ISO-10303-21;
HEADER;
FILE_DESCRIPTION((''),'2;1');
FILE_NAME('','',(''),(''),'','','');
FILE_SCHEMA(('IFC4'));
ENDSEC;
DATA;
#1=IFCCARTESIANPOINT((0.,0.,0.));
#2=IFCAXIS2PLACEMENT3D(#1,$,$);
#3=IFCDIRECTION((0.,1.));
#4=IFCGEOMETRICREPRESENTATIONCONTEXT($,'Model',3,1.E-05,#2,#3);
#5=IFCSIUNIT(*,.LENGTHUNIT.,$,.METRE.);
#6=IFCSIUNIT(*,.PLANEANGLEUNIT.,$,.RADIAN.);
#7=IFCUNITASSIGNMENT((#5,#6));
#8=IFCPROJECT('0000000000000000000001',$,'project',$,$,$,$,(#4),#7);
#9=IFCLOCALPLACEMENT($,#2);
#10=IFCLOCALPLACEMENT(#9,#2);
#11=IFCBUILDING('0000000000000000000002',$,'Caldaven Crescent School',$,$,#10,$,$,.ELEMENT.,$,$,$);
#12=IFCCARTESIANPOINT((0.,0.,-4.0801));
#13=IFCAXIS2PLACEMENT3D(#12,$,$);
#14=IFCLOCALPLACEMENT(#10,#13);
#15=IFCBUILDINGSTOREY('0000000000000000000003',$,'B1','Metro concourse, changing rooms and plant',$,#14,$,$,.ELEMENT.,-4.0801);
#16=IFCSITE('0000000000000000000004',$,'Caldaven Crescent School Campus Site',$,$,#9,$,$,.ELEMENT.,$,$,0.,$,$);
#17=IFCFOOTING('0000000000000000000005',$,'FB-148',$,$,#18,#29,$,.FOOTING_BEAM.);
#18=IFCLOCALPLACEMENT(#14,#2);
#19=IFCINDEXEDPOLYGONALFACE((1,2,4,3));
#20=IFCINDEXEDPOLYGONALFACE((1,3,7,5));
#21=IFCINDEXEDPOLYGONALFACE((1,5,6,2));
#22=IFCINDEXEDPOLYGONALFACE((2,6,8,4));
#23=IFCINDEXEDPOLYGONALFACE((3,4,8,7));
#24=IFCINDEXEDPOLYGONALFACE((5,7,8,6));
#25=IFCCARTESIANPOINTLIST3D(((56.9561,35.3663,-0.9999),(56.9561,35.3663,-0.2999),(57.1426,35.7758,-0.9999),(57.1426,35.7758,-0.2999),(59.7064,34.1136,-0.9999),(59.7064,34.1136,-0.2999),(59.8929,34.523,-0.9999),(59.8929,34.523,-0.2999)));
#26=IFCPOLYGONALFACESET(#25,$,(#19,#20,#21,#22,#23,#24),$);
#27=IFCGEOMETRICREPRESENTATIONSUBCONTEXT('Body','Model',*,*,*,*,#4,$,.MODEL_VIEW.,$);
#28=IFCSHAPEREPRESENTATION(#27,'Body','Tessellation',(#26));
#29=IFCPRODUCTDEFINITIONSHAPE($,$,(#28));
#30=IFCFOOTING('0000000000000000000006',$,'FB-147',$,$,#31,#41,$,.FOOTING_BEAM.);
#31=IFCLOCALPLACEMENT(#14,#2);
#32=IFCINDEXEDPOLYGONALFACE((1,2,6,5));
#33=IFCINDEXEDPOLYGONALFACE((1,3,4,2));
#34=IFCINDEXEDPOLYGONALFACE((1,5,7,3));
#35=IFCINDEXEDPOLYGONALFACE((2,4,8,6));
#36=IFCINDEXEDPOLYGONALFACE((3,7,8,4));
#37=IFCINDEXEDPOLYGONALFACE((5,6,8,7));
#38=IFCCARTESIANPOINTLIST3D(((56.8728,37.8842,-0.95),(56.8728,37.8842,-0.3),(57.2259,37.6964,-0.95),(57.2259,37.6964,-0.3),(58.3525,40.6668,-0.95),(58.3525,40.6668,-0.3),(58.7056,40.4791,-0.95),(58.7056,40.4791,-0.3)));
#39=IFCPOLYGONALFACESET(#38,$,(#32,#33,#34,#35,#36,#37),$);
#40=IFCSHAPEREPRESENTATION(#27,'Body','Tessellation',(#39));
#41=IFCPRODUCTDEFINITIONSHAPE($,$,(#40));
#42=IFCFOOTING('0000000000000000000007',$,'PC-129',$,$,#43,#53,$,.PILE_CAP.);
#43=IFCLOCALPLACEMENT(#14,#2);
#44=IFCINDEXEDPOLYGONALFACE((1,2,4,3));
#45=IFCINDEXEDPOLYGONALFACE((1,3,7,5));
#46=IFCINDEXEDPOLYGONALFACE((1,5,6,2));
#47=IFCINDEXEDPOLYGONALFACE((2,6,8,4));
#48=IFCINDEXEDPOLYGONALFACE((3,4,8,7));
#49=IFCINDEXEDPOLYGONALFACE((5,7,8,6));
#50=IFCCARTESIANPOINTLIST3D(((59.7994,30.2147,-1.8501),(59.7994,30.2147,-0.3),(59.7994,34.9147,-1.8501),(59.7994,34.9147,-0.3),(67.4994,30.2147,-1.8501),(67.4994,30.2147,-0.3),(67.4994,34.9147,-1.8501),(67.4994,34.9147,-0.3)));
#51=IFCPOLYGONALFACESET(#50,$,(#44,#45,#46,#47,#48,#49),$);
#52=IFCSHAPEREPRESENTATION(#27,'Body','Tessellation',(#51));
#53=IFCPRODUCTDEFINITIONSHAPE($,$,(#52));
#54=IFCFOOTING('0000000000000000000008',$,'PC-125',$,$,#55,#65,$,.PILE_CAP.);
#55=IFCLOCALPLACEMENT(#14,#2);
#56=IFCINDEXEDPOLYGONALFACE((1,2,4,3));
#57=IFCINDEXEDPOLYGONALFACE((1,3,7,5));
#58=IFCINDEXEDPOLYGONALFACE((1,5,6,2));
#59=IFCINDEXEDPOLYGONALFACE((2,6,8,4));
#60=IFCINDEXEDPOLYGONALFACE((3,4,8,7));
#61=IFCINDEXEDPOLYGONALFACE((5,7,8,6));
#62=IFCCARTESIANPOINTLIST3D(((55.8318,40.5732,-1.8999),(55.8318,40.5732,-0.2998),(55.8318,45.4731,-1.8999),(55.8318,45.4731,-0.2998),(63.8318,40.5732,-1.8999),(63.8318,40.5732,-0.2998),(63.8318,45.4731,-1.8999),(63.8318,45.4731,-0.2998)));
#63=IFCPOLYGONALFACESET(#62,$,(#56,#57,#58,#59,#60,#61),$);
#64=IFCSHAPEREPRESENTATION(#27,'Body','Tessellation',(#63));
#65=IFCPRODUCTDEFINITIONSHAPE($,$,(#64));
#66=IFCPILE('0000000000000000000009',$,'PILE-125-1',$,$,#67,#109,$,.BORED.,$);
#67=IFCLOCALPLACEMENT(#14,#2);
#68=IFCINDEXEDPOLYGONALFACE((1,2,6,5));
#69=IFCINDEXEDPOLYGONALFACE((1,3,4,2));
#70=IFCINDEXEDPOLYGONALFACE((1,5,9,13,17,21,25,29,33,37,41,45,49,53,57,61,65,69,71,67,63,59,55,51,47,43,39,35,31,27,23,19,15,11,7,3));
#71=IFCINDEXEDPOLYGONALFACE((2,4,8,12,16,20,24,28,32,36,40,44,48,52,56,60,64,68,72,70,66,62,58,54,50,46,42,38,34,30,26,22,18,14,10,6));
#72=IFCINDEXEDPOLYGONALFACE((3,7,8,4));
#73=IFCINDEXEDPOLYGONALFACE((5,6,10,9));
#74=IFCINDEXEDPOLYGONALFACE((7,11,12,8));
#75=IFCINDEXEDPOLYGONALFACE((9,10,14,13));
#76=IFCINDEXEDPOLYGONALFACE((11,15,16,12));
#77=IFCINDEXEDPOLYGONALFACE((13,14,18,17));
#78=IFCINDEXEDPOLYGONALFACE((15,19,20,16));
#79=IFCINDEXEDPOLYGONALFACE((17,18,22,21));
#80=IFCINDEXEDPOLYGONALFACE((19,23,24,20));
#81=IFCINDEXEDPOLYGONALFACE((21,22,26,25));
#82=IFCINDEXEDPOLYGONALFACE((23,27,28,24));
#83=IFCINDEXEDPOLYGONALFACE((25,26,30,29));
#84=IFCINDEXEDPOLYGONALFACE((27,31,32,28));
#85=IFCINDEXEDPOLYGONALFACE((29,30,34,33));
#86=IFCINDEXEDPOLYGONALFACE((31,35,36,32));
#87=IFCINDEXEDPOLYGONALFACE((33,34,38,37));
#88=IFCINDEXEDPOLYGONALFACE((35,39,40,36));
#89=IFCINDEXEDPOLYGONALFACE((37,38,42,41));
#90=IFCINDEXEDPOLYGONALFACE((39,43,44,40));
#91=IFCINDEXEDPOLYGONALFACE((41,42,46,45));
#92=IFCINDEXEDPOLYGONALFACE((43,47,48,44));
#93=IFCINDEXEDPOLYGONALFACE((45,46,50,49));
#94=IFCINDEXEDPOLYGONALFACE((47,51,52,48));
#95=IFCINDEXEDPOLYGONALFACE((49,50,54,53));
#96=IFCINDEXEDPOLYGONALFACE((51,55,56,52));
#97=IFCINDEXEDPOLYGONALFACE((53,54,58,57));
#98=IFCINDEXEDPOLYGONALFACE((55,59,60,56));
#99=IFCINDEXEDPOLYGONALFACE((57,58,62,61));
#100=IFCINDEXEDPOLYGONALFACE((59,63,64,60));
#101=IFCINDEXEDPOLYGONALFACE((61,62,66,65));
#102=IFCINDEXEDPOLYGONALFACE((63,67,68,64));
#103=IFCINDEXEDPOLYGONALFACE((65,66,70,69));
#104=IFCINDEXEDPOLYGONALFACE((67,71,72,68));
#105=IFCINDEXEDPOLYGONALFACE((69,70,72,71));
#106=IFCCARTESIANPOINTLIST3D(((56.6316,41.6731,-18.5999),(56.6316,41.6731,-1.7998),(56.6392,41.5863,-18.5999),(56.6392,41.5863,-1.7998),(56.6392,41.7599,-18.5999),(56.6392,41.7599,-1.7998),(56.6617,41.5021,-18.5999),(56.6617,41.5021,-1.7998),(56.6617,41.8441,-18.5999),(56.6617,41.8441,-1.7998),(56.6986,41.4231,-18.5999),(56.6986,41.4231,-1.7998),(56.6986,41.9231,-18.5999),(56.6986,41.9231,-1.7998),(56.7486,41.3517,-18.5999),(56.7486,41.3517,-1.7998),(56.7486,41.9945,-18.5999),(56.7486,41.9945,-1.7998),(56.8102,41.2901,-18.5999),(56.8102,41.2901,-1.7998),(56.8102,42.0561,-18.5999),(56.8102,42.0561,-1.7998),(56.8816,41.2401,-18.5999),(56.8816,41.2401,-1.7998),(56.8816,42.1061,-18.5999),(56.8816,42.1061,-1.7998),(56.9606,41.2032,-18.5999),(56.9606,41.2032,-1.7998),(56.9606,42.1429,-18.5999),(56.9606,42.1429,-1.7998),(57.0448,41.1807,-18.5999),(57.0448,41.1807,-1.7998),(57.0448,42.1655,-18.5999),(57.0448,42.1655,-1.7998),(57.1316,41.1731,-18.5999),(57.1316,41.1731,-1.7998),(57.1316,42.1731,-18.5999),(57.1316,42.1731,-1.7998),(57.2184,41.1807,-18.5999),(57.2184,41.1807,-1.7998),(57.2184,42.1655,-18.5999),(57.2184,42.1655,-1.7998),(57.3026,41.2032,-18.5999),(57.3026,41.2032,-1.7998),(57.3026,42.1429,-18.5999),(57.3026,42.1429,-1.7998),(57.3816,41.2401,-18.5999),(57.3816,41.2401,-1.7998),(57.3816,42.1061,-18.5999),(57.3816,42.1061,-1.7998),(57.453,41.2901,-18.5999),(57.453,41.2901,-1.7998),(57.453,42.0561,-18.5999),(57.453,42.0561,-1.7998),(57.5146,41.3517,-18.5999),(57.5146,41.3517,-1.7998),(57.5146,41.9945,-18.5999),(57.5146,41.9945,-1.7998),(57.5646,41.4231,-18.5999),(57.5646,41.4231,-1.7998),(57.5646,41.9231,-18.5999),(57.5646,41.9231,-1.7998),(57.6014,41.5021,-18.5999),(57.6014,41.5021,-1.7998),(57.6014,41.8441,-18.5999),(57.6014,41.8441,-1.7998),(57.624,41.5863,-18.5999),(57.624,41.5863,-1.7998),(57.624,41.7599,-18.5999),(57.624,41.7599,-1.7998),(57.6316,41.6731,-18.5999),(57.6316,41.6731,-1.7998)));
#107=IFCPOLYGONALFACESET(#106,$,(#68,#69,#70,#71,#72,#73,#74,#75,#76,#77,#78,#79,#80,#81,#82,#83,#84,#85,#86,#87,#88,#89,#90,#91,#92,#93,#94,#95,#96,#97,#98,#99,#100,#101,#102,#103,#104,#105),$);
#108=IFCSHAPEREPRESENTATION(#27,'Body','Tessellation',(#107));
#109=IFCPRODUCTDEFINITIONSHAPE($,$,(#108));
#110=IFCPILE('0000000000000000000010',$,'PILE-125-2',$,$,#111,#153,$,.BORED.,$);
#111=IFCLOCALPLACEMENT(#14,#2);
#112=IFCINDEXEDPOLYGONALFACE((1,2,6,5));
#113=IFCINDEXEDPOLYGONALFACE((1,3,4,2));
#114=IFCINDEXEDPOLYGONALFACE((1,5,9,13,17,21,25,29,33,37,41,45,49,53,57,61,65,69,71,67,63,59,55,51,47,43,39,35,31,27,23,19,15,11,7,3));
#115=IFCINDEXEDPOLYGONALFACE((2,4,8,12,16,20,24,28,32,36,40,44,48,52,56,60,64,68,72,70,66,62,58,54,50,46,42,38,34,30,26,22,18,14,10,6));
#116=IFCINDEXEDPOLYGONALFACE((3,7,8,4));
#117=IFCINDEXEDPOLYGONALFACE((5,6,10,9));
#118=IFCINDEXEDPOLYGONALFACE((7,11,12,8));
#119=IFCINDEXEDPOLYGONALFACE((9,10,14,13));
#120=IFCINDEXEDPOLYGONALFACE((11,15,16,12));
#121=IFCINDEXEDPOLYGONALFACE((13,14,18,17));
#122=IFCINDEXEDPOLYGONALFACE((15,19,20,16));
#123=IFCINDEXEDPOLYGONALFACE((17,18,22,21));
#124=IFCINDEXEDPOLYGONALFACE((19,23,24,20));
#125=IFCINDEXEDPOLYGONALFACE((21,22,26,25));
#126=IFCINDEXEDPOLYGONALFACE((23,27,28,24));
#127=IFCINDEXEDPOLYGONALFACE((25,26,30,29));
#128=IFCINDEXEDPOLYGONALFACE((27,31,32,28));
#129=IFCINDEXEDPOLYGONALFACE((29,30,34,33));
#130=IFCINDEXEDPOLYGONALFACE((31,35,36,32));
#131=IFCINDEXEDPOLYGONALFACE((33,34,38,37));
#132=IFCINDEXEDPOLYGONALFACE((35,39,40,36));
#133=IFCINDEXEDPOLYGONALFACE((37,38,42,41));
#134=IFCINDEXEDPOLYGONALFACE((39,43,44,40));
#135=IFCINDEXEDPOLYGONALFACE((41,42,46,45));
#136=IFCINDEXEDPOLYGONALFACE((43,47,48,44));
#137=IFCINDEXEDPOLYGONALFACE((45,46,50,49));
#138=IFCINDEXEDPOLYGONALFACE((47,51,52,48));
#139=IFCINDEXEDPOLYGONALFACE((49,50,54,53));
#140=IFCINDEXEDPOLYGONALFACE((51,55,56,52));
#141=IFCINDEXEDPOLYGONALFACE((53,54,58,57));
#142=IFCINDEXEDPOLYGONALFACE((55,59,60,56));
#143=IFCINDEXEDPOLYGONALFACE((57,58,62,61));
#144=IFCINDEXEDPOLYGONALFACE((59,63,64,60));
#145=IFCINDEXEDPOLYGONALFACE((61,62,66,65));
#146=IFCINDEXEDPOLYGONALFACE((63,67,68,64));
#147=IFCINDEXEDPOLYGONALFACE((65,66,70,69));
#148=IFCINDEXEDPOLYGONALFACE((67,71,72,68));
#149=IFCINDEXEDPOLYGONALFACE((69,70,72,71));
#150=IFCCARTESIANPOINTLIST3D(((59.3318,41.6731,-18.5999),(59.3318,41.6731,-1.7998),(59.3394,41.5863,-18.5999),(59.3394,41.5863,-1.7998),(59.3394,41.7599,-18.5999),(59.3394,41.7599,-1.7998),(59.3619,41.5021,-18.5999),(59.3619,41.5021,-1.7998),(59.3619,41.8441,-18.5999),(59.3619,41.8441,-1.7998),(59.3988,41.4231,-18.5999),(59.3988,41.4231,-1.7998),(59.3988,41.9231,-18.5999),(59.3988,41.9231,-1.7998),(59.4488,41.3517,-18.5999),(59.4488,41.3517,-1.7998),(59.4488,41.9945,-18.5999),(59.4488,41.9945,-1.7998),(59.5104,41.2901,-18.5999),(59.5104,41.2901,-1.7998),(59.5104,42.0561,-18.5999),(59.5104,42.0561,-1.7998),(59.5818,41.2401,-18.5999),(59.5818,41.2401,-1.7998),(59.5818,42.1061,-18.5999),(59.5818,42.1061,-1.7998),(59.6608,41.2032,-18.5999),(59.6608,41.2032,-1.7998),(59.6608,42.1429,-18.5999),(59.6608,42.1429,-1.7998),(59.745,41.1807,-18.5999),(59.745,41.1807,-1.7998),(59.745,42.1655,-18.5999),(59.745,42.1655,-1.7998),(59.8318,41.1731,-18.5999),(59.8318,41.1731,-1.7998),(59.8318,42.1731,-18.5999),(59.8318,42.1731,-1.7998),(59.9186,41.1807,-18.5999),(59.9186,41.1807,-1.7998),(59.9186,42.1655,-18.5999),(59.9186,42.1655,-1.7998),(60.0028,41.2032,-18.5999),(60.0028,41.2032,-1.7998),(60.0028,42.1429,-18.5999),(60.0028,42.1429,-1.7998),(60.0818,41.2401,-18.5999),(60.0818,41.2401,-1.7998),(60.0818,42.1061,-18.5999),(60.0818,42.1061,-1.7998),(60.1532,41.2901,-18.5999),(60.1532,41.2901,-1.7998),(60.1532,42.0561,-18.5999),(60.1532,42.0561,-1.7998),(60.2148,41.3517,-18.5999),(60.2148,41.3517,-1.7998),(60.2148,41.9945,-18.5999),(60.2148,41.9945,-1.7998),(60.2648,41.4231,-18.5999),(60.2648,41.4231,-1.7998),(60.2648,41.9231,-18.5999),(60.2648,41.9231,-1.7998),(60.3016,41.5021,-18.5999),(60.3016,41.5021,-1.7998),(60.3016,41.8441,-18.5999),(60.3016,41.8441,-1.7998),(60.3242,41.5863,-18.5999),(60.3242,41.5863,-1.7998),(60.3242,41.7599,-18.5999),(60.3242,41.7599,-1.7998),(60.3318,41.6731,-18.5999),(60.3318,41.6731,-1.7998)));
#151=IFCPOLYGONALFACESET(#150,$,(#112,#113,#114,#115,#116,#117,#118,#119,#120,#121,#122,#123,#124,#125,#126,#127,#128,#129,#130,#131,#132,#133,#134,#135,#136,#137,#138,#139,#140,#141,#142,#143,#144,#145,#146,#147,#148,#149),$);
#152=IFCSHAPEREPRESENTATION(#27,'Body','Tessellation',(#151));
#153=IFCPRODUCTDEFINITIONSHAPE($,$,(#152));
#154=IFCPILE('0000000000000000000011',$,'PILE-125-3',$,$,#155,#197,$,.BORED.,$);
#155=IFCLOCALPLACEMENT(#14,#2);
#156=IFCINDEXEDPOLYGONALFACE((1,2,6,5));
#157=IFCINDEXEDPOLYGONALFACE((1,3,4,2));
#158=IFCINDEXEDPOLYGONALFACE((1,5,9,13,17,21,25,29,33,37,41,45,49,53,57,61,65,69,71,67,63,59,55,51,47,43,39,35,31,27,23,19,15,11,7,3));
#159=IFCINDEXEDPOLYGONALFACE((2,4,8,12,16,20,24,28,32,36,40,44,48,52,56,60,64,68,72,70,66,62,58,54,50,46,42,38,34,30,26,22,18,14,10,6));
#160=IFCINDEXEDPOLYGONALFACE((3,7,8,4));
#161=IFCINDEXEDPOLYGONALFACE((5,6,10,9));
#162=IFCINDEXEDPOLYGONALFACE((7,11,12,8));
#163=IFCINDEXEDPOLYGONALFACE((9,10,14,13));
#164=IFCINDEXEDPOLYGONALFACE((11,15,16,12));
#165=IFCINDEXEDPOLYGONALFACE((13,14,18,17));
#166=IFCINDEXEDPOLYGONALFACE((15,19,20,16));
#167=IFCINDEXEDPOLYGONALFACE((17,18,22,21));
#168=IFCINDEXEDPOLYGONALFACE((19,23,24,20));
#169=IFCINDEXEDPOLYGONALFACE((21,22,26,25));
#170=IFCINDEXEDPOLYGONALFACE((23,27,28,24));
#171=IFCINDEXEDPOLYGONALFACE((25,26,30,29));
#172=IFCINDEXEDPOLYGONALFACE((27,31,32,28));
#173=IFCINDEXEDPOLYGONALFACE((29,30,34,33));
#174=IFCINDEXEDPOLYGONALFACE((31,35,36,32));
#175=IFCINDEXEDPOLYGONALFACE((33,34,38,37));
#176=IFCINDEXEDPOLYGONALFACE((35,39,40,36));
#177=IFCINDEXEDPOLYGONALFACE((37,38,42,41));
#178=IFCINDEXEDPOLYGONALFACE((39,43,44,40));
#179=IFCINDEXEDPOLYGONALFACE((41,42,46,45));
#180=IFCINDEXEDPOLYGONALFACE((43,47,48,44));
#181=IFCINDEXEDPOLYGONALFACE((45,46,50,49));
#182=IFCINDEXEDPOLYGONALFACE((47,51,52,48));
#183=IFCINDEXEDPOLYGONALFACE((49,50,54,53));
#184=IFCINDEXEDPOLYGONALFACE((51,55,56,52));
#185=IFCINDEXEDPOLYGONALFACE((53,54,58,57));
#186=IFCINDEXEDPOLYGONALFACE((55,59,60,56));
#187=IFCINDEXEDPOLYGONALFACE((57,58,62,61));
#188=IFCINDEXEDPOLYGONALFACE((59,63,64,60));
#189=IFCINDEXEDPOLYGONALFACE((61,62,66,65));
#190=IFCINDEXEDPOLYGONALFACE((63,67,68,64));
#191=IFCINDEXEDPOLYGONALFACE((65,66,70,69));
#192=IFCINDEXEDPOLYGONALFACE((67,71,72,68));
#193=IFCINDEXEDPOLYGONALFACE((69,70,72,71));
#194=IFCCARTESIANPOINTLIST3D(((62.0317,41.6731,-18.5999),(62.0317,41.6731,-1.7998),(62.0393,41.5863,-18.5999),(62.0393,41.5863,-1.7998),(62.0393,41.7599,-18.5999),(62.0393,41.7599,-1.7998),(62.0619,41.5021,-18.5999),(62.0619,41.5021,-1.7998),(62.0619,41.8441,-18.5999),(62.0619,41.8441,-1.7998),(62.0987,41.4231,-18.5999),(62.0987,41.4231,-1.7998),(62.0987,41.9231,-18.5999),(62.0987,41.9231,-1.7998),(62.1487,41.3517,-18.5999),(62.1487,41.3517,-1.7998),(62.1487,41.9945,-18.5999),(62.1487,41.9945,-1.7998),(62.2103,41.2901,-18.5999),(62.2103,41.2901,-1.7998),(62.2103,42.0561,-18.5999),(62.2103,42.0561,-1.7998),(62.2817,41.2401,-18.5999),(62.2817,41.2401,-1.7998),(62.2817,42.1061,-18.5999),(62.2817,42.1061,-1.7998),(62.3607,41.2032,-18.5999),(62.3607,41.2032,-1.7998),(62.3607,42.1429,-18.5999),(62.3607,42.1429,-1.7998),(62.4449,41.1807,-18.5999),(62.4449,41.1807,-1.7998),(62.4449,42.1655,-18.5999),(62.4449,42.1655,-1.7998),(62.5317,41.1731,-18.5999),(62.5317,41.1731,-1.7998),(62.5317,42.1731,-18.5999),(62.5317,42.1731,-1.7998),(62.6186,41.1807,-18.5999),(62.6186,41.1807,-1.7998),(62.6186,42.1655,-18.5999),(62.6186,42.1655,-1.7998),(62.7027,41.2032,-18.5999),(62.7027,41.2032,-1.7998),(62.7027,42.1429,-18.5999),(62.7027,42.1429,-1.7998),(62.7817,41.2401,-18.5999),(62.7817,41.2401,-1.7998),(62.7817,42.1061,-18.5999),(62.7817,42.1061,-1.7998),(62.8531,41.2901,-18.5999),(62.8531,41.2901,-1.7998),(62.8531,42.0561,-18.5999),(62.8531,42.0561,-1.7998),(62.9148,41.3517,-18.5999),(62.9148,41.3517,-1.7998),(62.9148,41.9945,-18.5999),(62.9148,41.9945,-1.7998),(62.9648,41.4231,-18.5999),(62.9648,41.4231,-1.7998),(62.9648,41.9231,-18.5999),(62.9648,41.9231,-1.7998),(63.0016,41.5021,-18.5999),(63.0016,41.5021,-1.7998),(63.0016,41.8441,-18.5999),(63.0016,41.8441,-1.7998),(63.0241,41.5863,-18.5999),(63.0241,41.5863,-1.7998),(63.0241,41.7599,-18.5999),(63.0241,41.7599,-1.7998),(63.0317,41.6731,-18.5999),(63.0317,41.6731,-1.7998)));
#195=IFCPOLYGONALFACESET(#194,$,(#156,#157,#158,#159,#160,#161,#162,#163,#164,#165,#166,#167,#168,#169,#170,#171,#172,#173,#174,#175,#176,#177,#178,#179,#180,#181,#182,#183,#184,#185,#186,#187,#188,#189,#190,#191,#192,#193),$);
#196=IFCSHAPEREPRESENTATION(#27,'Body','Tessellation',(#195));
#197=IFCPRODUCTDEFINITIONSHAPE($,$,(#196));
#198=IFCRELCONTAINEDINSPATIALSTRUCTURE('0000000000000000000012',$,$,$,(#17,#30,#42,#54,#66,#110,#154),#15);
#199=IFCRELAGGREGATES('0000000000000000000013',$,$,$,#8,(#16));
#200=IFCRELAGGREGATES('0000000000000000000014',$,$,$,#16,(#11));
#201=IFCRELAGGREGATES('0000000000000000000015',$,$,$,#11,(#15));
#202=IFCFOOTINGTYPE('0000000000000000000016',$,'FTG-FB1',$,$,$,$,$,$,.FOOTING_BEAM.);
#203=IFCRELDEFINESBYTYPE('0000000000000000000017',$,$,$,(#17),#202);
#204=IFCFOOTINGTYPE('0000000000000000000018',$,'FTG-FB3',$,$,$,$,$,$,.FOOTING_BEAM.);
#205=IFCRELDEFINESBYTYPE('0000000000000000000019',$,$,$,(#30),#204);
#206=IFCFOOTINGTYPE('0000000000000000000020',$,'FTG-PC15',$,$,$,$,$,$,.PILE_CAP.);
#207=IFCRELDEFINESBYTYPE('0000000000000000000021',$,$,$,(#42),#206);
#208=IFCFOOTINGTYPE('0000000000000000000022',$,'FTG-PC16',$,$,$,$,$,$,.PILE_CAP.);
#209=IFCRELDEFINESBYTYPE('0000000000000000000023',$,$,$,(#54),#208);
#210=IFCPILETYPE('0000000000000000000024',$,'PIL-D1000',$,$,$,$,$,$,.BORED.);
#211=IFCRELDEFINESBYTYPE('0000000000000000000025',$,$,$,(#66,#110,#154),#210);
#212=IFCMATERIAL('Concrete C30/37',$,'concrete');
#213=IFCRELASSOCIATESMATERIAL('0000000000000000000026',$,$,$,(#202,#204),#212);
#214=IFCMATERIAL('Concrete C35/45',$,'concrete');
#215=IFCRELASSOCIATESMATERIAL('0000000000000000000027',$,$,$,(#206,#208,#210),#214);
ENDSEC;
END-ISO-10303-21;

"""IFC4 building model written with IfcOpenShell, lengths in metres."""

from ifc_helpers import new_model, si_unit, direction, frame, origin, origin_2d, place, context, subcontext, project, spatial, rectangle, circle, extrude, material, material_profile, profile_set, type_object, element, save


model = new_model("IFC4")

# Units and contexts
model_context = context("Model", 3, precision=1e-05, world=origin(), true_north=direction((0.0, 1.0)))
body_context = subcontext(model_context, "Body", "Model", "MODEL_VIEW")
ifc_project = project(units=[si_unit("LENGTHUNIT", "METRE"), si_unit("PLANEANGLEUNIT", "RADIAN")], contexts=[model_context])

# Site, building, storey
site_placement = place(None, origin())
site = spatial("IfcSite", under=ifc_project, at=site_placement, Name="Caldaven Crescent School Campus Site", CompositionType="ELEMENT", RefElevation=0.0)
building_placement = place(site_placement, origin())
building = spatial("IfcBuilding", under=site, at=building_placement, Name="Caldaven Crescent School", CompositionType="ELEMENT")
storey_placement = place(building_placement, frame((0.0, 0.0, -4.0801)))
storey = spatial("IfcBuildingStorey", under=building, at=storey_placement, Name="B1", Description="Metro concourse, changing rooms and plant", CompositionType="ELEMENT", Elevation=-4.0801)

# Footings
ifc_material_1 = material(Name="Concrete C30/37", Category="concrete")
ifc_material_profile_1 = material_profile(ifc_material_1, rectangle(XDim=0.45, YDim=0.7, at=origin_2d()), Name="FB 450x700")
ifc_profile_set_1 = profile_set([ifc_material_profile_1], Name="Concrete C30/37")
footing_type_1 = type_object("IfcFootingType", Name="FTG-FB1", PredefinedType="FOOTING_BEAM", material=ifc_profile_set_1)
footing_1_placement = place(storey_placement, frame((57.0493, 35.571, -0.6499), z_axis=(0.910045, -0.414509, 0.0), x_axis=(0.414509, 0.910045, 0.0)))
element("IfcFooting", 1, at=footing_1_placement, inside=storey, type_object=footing_type_1, Name="FB-148", PredefinedType="FOOTING_BEAM", context=body_context, shape_type="SweptSolid", body=[
    extrude(rectangle(XDim=0.45, YDim=0.7, at=origin_2d()), origin(), (0.0, 0.0, 1.0), 3.0222),
])
ifc_material_profile_2 = material_profile(ifc_material_1, rectangle(XDim=0.3999, YDim=0.6499, at=origin_2d()), Name="FB 400x650")
ifc_profile_set_2 = profile_set([ifc_material_profile_2], Name="Concrete C30/37")
footing_type_2 = type_object("IfcFootingType", Name="FTG-FB3", PredefinedType="FOOTING_BEAM", material=ifc_profile_set_2)
footing_2_placement = place(storey_placement, frame((57.0493, 37.7903, -0.625), z_axis=(0.469506, 0.882929, 0.0), x_axis=(-0.882929, 0.469506, 0.0)))
element("IfcFooting", 2, at=footing_2_placement, inside=storey, type_object=footing_type_2, Name="FB-147", PredefinedType="FOOTING_BEAM", context=body_context, shape_type="SweptSolid", body=[
    extrude(rectangle(XDim=0.3999, YDim=0.6499, at=origin_2d()), origin(), (0.0, 0.0, 1.0), 3.1516),
])
ifc_material_2 = material(Name="Concrete C35/45", Category="concrete")
footing_type_3 = type_object("IfcFootingType", Name="FTG-PC15", PredefinedType="PILE_CAP", material=ifc_material_2)
footing_3_placement = place(storey_placement, frame((63.6494, 32.5647, -1.8501), z_axis=(0.0, 0.0, 1.0), x_axis=(1.0, 0.0, 0.0)))
element("IfcFooting", 3, at=footing_3_placement, inside=storey, type_object=footing_type_3, Name="PC-129", PredefinedType="PILE_CAP", context=body_context, shape_type="SweptSolid", body=[
    extrude(rectangle(XDim=7.7, YDim=4.7, at=origin_2d()), origin(), (0.0, 0.0, 1.0), 1.55),
])
footing_type_4 = type_object("IfcFootingType", Name="FTG-PC16", PredefinedType="PILE_CAP", material=ifc_material_2)
footing_4_placement = place(storey_placement, frame((59.8318, 43.0232, -1.8999), z_axis=(0.0, 0.0, 1.0), x_axis=(1.0, 0.0, 0.0)))
element("IfcFooting", 4, at=footing_4_placement, inside=storey, type_object=footing_type_4, Name="PC-125", PredefinedType="PILE_CAP", context=body_context, shape_type="SweptSolid", body=[
    extrude(rectangle(XDim=8.0, YDim=4.8999, at=origin_2d()), origin(), (0.0, 0.0, 1.0), 1.6001),
])

# Piles
ifc_material_profile_3 = material_profile(ifc_material_2, circle(Radius=0.5, at=origin_2d()), Name="PILE D1000")
ifc_profile_set_3 = profile_set([ifc_material_profile_3], Name="Concrete C35/45")
pile_type = type_object("IfcPileType", Name="PIL-D1000", PredefinedType="BORED", material=ifc_profile_set_3)
for number, where, z_axis, x_axis, name in (
    (5, (57.1316, 41.6731, -1.7998), (0.0, 0.0, -1.0), (1.0, 0.0, 0.0), "PILE-125-1"),
    (6, (59.8318, 41.6731, -1.7998), (0.0, 0.0, -1.0), (1.0, 0.0, 0.0), "PILE-125-2"),
    (7, (62.5317, 41.6731, -1.7998), (0.0, 0.0, -1.0), (1.0, 0.0, 0.0), "PILE-125-3"),
):
    element("IfcPile", number, at=place(storey_placement, frame(where, z_axis=z_axis, x_axis=x_axis)), inside=storey, type_object=pile_type, Name=name, PredefinedType="BORED", context=body_context, shape_type="SweptSolid", body=[
        extrude(circle(Radius=0.5, at=origin_2d()), origin(), (0.0, 0.0, 1.0), 16.8),
    ])

save(model, "model.ifc")
